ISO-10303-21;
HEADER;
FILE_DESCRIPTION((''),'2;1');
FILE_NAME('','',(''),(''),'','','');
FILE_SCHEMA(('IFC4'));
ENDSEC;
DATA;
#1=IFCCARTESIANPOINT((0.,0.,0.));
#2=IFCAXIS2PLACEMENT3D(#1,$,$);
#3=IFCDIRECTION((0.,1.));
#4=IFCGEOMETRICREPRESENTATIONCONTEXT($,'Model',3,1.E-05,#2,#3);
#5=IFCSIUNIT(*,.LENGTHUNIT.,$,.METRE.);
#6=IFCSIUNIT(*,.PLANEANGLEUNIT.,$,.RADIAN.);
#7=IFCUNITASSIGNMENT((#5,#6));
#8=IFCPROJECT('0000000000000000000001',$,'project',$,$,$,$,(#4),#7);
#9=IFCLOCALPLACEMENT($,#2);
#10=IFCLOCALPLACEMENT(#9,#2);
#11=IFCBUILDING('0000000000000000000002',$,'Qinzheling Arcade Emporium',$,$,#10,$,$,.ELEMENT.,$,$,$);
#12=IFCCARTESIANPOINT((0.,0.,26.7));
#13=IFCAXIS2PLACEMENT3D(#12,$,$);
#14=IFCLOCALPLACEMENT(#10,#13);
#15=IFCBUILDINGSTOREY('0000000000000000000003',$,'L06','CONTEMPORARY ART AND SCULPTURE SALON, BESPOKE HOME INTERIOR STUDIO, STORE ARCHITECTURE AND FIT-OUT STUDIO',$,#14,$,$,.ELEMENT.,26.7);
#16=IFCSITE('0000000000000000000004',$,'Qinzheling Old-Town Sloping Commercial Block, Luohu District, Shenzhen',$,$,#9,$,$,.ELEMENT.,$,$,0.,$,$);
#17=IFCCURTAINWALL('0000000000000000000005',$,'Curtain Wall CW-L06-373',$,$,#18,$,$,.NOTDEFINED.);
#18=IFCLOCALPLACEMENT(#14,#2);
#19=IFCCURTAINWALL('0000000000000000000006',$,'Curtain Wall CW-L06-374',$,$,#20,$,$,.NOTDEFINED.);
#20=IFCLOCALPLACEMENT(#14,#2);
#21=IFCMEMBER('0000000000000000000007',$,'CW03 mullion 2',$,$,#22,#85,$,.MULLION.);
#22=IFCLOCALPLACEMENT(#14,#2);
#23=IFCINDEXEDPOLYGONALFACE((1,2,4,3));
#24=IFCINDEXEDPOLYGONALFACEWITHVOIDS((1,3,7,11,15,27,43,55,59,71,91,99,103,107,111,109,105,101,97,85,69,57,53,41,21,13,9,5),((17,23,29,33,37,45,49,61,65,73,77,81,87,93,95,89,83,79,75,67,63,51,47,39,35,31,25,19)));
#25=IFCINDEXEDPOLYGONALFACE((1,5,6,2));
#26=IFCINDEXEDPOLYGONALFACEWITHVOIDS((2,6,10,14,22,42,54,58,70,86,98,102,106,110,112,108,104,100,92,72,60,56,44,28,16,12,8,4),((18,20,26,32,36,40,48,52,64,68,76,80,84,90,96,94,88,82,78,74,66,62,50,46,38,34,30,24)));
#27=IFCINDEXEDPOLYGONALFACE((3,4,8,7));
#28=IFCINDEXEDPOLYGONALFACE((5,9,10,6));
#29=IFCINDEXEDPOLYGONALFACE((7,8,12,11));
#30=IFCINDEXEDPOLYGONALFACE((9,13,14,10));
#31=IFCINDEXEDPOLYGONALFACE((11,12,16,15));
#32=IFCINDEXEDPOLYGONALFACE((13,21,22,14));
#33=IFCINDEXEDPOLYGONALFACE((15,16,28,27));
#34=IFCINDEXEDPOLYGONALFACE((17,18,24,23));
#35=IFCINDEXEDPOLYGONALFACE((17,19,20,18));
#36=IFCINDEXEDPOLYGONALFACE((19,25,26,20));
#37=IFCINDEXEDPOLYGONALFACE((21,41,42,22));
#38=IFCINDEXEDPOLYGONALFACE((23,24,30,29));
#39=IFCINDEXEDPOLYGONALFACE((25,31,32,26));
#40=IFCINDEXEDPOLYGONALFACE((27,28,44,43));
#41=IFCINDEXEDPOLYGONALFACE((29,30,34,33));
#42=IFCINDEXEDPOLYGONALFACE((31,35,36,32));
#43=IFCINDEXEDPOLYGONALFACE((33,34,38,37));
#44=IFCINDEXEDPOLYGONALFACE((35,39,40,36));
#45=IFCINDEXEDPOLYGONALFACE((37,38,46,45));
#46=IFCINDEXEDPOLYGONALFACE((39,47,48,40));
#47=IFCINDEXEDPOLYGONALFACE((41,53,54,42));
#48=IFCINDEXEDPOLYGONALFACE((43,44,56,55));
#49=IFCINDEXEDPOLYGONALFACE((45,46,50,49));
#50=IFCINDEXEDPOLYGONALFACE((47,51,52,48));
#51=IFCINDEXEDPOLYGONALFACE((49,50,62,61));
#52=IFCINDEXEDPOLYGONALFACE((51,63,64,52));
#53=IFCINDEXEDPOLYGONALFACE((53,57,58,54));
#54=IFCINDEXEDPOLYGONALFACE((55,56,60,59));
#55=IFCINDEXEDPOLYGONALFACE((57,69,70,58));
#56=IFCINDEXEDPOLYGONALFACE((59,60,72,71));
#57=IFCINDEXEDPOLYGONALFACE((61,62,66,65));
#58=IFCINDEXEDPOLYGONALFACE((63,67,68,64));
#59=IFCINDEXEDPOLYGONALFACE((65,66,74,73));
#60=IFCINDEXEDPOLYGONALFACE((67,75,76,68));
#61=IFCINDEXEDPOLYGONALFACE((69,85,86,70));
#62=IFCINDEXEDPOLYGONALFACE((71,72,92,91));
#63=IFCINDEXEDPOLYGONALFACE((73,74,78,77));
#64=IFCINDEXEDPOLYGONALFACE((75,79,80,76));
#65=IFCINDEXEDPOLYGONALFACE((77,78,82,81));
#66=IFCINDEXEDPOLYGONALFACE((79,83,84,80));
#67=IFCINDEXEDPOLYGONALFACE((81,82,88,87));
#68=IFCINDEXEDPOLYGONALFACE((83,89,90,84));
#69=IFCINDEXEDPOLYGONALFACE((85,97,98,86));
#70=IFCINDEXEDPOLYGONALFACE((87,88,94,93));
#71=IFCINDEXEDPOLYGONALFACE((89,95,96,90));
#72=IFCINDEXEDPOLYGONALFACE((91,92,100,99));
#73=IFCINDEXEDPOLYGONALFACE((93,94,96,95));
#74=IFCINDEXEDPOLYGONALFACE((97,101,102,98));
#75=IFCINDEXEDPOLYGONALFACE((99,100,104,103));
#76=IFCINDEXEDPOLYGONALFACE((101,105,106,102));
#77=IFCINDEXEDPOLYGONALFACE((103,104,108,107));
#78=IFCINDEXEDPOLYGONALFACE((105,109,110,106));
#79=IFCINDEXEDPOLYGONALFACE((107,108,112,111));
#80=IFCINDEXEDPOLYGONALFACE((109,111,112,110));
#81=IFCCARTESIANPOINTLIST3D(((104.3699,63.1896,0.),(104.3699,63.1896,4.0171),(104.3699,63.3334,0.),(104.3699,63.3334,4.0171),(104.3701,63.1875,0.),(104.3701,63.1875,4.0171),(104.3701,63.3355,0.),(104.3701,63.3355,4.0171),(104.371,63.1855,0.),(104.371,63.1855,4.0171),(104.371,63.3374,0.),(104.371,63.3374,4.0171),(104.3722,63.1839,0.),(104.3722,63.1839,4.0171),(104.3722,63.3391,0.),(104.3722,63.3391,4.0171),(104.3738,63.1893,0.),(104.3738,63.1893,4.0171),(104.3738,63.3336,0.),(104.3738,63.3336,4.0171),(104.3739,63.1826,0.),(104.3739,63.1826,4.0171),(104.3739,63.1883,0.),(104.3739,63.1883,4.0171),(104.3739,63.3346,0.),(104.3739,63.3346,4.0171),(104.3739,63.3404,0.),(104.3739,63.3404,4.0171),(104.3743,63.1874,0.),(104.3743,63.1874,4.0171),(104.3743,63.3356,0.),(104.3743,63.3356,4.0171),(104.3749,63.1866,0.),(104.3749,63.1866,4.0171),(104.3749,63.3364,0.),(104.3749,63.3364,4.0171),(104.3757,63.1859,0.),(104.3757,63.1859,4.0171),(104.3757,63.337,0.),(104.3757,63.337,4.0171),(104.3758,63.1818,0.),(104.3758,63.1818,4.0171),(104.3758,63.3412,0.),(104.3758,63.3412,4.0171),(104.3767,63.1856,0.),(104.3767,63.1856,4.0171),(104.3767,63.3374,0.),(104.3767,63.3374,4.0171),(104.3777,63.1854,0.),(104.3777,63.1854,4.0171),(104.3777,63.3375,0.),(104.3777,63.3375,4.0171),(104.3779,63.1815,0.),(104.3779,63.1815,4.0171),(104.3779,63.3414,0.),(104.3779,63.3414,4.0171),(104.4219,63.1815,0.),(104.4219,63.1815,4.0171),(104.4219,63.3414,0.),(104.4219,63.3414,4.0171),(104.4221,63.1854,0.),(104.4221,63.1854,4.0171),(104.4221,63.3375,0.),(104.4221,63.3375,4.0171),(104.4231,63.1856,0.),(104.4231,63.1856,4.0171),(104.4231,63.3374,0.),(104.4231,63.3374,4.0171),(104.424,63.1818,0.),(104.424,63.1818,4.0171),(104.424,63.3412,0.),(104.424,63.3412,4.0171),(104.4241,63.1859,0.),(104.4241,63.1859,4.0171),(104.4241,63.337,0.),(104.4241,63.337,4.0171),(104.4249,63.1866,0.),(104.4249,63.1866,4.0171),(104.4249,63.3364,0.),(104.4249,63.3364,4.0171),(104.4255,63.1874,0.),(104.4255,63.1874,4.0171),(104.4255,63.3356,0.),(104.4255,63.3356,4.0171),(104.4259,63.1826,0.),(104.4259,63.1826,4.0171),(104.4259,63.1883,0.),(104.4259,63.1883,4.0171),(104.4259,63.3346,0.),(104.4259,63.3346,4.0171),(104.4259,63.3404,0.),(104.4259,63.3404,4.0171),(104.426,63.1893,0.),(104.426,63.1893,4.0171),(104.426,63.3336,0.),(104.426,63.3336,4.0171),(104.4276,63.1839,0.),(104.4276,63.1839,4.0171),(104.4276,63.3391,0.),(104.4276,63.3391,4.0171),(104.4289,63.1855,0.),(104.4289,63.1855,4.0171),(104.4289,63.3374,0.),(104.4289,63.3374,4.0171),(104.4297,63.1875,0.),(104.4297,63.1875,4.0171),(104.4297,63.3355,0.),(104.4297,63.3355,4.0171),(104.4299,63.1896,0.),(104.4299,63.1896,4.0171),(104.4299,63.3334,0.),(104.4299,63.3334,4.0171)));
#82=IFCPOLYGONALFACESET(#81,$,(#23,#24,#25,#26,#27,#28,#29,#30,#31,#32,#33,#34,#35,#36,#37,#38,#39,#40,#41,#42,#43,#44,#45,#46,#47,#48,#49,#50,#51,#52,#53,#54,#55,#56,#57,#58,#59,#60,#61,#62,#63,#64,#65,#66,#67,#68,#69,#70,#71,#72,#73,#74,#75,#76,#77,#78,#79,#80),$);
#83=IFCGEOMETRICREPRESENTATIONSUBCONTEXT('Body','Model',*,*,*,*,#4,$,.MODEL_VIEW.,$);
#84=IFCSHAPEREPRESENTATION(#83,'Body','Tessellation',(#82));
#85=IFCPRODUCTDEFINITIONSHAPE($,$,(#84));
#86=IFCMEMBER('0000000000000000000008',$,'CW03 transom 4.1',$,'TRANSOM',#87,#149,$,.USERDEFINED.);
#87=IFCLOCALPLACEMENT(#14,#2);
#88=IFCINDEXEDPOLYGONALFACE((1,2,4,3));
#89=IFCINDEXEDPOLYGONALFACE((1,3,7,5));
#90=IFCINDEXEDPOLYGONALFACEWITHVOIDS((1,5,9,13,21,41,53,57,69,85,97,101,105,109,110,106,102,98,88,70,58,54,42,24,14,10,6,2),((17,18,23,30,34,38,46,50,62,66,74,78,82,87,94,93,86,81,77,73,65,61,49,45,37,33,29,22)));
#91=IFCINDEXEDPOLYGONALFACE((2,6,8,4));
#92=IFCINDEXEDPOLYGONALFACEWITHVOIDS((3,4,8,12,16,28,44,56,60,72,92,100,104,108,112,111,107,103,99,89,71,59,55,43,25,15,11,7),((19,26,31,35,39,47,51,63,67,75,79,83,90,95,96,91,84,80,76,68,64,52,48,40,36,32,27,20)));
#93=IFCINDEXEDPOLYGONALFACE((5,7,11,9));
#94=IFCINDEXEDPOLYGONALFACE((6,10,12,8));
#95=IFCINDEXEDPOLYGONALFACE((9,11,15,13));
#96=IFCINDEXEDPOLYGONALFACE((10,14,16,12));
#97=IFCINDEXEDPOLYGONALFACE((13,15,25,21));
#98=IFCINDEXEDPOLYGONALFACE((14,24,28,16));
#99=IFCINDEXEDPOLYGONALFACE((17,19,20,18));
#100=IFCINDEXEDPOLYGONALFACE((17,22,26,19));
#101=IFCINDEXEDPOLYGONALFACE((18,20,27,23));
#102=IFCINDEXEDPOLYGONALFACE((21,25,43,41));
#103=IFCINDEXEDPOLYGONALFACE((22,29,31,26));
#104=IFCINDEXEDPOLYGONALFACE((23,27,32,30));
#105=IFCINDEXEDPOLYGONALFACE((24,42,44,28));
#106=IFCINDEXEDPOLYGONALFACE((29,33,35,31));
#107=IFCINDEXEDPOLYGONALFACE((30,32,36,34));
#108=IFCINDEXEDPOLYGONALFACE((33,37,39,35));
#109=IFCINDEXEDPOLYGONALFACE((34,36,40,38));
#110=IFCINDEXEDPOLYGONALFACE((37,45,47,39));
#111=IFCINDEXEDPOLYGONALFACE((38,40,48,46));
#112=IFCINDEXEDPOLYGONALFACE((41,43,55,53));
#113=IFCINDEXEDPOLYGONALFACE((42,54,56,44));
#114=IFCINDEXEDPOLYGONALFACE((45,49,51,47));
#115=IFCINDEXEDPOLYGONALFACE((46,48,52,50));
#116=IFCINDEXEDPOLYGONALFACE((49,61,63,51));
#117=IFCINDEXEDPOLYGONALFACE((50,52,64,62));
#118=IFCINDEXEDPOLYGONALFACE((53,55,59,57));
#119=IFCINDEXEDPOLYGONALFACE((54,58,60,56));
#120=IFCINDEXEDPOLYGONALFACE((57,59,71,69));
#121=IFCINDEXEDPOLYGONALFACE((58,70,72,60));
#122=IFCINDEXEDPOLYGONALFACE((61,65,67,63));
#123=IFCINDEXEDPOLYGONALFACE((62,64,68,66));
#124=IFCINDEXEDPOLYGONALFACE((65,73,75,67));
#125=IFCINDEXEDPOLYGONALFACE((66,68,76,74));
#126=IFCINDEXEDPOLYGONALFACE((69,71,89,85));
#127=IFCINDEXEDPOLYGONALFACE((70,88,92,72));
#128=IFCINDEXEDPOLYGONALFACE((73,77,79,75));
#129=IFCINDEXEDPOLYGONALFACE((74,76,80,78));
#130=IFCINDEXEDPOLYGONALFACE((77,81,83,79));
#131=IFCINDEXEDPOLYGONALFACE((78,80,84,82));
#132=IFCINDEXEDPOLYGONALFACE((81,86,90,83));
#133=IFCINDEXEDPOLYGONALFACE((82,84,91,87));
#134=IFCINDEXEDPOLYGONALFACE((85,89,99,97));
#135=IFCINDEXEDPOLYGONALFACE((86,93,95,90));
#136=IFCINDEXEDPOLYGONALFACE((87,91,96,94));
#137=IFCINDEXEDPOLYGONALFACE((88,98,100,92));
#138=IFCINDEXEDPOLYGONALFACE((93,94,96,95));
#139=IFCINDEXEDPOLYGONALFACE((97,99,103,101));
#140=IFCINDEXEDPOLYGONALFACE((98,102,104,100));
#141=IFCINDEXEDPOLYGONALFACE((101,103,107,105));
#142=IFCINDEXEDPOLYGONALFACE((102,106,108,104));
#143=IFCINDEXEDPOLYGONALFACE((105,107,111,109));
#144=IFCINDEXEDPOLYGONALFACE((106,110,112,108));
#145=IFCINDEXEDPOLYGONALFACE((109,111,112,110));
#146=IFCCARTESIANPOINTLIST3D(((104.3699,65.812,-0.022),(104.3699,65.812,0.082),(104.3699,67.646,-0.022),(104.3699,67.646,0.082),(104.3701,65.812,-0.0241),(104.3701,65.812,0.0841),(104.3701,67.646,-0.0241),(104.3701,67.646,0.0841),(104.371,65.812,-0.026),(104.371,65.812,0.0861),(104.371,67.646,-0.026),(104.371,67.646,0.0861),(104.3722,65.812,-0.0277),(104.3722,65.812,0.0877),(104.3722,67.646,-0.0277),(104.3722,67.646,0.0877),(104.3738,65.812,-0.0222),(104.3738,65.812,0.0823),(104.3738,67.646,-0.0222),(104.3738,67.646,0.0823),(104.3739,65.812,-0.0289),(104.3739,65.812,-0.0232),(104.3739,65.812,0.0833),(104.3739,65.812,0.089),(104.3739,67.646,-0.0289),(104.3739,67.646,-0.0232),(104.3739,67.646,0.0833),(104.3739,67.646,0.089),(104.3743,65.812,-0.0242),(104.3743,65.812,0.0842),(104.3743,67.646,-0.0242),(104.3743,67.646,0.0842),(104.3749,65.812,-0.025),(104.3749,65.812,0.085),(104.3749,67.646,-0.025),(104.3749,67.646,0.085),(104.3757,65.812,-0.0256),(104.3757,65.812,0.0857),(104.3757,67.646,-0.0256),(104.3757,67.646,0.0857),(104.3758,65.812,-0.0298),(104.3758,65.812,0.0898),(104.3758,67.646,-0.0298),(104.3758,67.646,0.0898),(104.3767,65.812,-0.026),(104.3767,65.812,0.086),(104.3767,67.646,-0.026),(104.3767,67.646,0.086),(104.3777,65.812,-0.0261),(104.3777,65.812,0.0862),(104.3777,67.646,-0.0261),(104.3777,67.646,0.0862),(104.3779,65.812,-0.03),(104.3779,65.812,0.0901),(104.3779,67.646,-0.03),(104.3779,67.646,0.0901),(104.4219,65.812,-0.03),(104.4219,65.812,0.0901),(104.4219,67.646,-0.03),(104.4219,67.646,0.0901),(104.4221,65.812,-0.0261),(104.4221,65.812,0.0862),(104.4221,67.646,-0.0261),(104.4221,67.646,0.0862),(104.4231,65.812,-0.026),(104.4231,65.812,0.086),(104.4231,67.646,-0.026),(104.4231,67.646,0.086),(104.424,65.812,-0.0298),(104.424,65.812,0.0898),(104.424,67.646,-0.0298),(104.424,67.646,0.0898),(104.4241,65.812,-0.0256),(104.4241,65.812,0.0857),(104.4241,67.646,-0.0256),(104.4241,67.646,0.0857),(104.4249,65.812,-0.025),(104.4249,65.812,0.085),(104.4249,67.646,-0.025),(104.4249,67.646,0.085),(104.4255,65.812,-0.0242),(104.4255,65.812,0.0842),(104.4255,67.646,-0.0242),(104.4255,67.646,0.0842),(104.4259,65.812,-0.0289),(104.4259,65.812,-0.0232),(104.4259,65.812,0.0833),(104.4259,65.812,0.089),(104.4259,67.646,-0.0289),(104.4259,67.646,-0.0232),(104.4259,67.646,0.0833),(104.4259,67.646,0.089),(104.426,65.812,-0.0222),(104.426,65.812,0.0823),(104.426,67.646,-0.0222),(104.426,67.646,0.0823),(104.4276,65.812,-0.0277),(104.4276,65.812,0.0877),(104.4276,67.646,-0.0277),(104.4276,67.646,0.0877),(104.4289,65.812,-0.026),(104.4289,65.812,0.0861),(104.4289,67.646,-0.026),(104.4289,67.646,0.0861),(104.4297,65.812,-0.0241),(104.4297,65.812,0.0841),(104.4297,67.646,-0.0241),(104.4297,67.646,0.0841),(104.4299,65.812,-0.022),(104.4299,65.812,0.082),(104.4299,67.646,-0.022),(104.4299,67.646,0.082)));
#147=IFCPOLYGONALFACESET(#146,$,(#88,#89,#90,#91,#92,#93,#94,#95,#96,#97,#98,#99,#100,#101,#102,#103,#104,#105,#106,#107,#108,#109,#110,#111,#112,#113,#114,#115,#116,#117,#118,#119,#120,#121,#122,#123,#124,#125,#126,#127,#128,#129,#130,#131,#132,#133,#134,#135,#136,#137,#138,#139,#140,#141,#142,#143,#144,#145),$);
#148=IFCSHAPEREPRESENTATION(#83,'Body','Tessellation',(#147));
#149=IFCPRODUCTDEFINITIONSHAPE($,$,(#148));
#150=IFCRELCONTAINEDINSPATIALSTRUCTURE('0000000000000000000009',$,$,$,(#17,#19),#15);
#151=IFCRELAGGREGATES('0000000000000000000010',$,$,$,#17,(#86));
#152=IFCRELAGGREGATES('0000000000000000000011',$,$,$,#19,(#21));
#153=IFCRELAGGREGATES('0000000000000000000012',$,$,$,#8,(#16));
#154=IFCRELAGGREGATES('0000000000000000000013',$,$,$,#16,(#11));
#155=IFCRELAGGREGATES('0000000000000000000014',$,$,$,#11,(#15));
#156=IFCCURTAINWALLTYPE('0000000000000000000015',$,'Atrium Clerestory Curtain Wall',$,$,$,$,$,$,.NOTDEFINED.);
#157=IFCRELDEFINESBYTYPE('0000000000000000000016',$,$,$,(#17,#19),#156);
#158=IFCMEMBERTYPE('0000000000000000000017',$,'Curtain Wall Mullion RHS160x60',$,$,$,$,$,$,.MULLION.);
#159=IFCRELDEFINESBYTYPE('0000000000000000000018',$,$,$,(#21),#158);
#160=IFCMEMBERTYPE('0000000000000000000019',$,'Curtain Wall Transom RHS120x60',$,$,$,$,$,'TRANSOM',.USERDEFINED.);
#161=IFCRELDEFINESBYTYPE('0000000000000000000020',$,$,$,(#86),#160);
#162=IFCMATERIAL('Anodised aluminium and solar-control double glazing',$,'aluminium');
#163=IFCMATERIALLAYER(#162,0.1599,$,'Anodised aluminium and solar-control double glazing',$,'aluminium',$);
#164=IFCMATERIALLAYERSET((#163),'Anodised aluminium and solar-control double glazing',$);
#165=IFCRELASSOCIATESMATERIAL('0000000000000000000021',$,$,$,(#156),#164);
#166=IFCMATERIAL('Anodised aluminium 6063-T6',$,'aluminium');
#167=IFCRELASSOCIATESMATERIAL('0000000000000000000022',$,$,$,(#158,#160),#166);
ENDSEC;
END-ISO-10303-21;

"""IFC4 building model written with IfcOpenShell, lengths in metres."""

from ifc_helpers import new_model, si_unit, direction, frame, origin, origin_2d, place, context, subcontext, project, spatial, hollow_rectangle, extrude, material, layer, layer_set, material_profile, profile_set, type_object, element, aggregate, save


model = new_model("IFC4")

# Units and contexts
model_context = context("Model", 3, precision=1e-05, world=origin(), true_north=direction((0.0, 1.0)))
body_context = subcontext(model_context, "Body", "Model", "MODEL_VIEW")
ifc_project = project(units=[si_unit("LENGTHUNIT", "METRE"), si_unit("PLANEANGLEUNIT", "RADIAN")], contexts=[model_context])

# Site, building, storey
site_placement = place(None, origin())
site = spatial("IfcSite", under=ifc_project, at=site_placement, Name="Qinzheling Old-Town Sloping Commercial Block, Luohu District, Shenzhen", CompositionType="ELEMENT", RefElevation=0.0)
building_placement = place(site_placement, origin())
building = spatial("IfcBuilding", under=site, at=building_placement, Name="Qinzheling Arcade Emporium", CompositionType="ELEMENT")
storey_placement = place(building_placement, frame((0.0, 0.0, 26.7)))
storey = spatial("IfcBuildingStorey", under=building, at=storey_placement, Name="L06", Description="CONTEMPORARY ART AND SCULPTURE SALON, BESPOKE HOME INTERIOR STUDIO, STORE ARCHITECTURE AND FIT-OUT STUDIO", CompositionType="ELEMENT", Elevation=26.7)

# Curtain wall
ifc_material_1 = material(Name="Anodised aluminium and solar-control double glazing", Category="aluminium")
ifc_layer_1 = layer(ifc_material_1, 0.1599, Name="Anodised aluminium and solar-control double glazing", Category="aluminium")
ifc_layer_set_1 = layer_set([ifc_layer_1], Name="Anodised aluminium and solar-control double glazing")
curtain_wall_type = type_object("IfcCurtainWallType", Name="Atrium Clerestory Curtain Wall", PredefinedType="NOTDEFINED", material=ifc_layer_set_1)
curtain_wall_1_placement = place(storey_placement, origin())
curtain_wall_1 = element("IfcCurtainWall", 1, at=curtain_wall_1_placement, inside=storey, type_object=curtain_wall_type, Name="Curtain Wall CW-L06-373", PredefinedType="NOTDEFINED")
ifc_material_2 = material(Name="Anodised aluminium 6063-T6", Category="aluminium")
ifc_material_profile_1 = material_profile(ifc_material_2, hollow_rectangle(XDim=0.0601, YDim=0.1599, WallThickness=0.0039, InnerFilletRadius=0.0039, OuterFilletRadius=0.0081, at=origin_2d()), Name="RHS 160x60x4", Category="aluminium")
ifc_profile_set_1 = profile_set([ifc_material_profile_1], Name="Anodised aluminium 6063-T6")
member_type_1 = type_object("IfcMemberType", Name="Curtain Wall Mullion RHS160x60", PredefinedType="MULLION", material=ifc_profile_set_1)

# Curtain wall, member
curtain_wall_2_placement = place(storey_placement, origin())
curtain_wall_2 = element("IfcCurtainWall", 2, at=curtain_wall_2_placement, inside=storey, type_object=curtain_wall_type, Name="Curtain Wall CW-L06-374", PredefinedType="NOTDEFINED")
member_1_placement = place(storey_placement, frame((104.3999, 63.2615, 0.0), z_axis=(0.0, 0.0, 1.0), x_axis=(1.0, 0.0, 0.0)))
member_1 = element("IfcMember", 3, at=member_1_placement, type_object=member_type_1, Name="CW03 mullion 2", PredefinedType="MULLION", context=body_context, shape_type="SweptSolid", body=[
    extrude(hollow_rectangle(XDim=0.0601, YDim=0.1599, WallThickness=0.0039, InnerFilletRadius=0.0039, OuterFilletRadius=0.0081, at=origin_2d()), origin(), (0.0, 0.0, 1.0), 4.0171),
])

# Member
ifc_material_profile_2 = material_profile(ifc_material_2, hollow_rectangle(XDim=0.0601, YDim=0.1201, WallThickness=0.0039, InnerFilletRadius=0.0039, OuterFilletRadius=0.0081, at=origin_2d()), Name="RHS 120x60x4", Category="aluminium")
ifc_profile_set_2 = profile_set([ifc_material_profile_2], Name="Anodised aluminium 6063-T6")
member_type_2 = type_object("IfcMemberType", Name="Curtain Wall Transom RHS120x60", ElementType="TRANSOM", PredefinedType="USERDEFINED", material=ifc_profile_set_2)
member_2_placement = place(storey_placement, frame((104.3999, 67.646, 0.03), z_axis=(0.0, -1.0, 0.0), x_axis=(1.0, 0.0, 0.0)))
member_2 = element("IfcMember", 4, at=member_2_placement, type_object=member_type_2, Name="CW03 transom 4.1", ObjectType="TRANSOM", PredefinedType="USERDEFINED", context=body_context, shape_type="SweptSolid", body=[
    extrude(hollow_rectangle(XDim=0.0601, YDim=0.1201, WallThickness=0.0039, InnerFilletRadius=0.0039, OuterFilletRadius=0.0081, at=origin_2d()), origin(), (0.0, 0.0, 1.0), 1.834),
])

aggregate(curtain_wall_1, [member_2])
aggregate(curtain_wall_2, [member_1])

save(model, "model.ifc")
